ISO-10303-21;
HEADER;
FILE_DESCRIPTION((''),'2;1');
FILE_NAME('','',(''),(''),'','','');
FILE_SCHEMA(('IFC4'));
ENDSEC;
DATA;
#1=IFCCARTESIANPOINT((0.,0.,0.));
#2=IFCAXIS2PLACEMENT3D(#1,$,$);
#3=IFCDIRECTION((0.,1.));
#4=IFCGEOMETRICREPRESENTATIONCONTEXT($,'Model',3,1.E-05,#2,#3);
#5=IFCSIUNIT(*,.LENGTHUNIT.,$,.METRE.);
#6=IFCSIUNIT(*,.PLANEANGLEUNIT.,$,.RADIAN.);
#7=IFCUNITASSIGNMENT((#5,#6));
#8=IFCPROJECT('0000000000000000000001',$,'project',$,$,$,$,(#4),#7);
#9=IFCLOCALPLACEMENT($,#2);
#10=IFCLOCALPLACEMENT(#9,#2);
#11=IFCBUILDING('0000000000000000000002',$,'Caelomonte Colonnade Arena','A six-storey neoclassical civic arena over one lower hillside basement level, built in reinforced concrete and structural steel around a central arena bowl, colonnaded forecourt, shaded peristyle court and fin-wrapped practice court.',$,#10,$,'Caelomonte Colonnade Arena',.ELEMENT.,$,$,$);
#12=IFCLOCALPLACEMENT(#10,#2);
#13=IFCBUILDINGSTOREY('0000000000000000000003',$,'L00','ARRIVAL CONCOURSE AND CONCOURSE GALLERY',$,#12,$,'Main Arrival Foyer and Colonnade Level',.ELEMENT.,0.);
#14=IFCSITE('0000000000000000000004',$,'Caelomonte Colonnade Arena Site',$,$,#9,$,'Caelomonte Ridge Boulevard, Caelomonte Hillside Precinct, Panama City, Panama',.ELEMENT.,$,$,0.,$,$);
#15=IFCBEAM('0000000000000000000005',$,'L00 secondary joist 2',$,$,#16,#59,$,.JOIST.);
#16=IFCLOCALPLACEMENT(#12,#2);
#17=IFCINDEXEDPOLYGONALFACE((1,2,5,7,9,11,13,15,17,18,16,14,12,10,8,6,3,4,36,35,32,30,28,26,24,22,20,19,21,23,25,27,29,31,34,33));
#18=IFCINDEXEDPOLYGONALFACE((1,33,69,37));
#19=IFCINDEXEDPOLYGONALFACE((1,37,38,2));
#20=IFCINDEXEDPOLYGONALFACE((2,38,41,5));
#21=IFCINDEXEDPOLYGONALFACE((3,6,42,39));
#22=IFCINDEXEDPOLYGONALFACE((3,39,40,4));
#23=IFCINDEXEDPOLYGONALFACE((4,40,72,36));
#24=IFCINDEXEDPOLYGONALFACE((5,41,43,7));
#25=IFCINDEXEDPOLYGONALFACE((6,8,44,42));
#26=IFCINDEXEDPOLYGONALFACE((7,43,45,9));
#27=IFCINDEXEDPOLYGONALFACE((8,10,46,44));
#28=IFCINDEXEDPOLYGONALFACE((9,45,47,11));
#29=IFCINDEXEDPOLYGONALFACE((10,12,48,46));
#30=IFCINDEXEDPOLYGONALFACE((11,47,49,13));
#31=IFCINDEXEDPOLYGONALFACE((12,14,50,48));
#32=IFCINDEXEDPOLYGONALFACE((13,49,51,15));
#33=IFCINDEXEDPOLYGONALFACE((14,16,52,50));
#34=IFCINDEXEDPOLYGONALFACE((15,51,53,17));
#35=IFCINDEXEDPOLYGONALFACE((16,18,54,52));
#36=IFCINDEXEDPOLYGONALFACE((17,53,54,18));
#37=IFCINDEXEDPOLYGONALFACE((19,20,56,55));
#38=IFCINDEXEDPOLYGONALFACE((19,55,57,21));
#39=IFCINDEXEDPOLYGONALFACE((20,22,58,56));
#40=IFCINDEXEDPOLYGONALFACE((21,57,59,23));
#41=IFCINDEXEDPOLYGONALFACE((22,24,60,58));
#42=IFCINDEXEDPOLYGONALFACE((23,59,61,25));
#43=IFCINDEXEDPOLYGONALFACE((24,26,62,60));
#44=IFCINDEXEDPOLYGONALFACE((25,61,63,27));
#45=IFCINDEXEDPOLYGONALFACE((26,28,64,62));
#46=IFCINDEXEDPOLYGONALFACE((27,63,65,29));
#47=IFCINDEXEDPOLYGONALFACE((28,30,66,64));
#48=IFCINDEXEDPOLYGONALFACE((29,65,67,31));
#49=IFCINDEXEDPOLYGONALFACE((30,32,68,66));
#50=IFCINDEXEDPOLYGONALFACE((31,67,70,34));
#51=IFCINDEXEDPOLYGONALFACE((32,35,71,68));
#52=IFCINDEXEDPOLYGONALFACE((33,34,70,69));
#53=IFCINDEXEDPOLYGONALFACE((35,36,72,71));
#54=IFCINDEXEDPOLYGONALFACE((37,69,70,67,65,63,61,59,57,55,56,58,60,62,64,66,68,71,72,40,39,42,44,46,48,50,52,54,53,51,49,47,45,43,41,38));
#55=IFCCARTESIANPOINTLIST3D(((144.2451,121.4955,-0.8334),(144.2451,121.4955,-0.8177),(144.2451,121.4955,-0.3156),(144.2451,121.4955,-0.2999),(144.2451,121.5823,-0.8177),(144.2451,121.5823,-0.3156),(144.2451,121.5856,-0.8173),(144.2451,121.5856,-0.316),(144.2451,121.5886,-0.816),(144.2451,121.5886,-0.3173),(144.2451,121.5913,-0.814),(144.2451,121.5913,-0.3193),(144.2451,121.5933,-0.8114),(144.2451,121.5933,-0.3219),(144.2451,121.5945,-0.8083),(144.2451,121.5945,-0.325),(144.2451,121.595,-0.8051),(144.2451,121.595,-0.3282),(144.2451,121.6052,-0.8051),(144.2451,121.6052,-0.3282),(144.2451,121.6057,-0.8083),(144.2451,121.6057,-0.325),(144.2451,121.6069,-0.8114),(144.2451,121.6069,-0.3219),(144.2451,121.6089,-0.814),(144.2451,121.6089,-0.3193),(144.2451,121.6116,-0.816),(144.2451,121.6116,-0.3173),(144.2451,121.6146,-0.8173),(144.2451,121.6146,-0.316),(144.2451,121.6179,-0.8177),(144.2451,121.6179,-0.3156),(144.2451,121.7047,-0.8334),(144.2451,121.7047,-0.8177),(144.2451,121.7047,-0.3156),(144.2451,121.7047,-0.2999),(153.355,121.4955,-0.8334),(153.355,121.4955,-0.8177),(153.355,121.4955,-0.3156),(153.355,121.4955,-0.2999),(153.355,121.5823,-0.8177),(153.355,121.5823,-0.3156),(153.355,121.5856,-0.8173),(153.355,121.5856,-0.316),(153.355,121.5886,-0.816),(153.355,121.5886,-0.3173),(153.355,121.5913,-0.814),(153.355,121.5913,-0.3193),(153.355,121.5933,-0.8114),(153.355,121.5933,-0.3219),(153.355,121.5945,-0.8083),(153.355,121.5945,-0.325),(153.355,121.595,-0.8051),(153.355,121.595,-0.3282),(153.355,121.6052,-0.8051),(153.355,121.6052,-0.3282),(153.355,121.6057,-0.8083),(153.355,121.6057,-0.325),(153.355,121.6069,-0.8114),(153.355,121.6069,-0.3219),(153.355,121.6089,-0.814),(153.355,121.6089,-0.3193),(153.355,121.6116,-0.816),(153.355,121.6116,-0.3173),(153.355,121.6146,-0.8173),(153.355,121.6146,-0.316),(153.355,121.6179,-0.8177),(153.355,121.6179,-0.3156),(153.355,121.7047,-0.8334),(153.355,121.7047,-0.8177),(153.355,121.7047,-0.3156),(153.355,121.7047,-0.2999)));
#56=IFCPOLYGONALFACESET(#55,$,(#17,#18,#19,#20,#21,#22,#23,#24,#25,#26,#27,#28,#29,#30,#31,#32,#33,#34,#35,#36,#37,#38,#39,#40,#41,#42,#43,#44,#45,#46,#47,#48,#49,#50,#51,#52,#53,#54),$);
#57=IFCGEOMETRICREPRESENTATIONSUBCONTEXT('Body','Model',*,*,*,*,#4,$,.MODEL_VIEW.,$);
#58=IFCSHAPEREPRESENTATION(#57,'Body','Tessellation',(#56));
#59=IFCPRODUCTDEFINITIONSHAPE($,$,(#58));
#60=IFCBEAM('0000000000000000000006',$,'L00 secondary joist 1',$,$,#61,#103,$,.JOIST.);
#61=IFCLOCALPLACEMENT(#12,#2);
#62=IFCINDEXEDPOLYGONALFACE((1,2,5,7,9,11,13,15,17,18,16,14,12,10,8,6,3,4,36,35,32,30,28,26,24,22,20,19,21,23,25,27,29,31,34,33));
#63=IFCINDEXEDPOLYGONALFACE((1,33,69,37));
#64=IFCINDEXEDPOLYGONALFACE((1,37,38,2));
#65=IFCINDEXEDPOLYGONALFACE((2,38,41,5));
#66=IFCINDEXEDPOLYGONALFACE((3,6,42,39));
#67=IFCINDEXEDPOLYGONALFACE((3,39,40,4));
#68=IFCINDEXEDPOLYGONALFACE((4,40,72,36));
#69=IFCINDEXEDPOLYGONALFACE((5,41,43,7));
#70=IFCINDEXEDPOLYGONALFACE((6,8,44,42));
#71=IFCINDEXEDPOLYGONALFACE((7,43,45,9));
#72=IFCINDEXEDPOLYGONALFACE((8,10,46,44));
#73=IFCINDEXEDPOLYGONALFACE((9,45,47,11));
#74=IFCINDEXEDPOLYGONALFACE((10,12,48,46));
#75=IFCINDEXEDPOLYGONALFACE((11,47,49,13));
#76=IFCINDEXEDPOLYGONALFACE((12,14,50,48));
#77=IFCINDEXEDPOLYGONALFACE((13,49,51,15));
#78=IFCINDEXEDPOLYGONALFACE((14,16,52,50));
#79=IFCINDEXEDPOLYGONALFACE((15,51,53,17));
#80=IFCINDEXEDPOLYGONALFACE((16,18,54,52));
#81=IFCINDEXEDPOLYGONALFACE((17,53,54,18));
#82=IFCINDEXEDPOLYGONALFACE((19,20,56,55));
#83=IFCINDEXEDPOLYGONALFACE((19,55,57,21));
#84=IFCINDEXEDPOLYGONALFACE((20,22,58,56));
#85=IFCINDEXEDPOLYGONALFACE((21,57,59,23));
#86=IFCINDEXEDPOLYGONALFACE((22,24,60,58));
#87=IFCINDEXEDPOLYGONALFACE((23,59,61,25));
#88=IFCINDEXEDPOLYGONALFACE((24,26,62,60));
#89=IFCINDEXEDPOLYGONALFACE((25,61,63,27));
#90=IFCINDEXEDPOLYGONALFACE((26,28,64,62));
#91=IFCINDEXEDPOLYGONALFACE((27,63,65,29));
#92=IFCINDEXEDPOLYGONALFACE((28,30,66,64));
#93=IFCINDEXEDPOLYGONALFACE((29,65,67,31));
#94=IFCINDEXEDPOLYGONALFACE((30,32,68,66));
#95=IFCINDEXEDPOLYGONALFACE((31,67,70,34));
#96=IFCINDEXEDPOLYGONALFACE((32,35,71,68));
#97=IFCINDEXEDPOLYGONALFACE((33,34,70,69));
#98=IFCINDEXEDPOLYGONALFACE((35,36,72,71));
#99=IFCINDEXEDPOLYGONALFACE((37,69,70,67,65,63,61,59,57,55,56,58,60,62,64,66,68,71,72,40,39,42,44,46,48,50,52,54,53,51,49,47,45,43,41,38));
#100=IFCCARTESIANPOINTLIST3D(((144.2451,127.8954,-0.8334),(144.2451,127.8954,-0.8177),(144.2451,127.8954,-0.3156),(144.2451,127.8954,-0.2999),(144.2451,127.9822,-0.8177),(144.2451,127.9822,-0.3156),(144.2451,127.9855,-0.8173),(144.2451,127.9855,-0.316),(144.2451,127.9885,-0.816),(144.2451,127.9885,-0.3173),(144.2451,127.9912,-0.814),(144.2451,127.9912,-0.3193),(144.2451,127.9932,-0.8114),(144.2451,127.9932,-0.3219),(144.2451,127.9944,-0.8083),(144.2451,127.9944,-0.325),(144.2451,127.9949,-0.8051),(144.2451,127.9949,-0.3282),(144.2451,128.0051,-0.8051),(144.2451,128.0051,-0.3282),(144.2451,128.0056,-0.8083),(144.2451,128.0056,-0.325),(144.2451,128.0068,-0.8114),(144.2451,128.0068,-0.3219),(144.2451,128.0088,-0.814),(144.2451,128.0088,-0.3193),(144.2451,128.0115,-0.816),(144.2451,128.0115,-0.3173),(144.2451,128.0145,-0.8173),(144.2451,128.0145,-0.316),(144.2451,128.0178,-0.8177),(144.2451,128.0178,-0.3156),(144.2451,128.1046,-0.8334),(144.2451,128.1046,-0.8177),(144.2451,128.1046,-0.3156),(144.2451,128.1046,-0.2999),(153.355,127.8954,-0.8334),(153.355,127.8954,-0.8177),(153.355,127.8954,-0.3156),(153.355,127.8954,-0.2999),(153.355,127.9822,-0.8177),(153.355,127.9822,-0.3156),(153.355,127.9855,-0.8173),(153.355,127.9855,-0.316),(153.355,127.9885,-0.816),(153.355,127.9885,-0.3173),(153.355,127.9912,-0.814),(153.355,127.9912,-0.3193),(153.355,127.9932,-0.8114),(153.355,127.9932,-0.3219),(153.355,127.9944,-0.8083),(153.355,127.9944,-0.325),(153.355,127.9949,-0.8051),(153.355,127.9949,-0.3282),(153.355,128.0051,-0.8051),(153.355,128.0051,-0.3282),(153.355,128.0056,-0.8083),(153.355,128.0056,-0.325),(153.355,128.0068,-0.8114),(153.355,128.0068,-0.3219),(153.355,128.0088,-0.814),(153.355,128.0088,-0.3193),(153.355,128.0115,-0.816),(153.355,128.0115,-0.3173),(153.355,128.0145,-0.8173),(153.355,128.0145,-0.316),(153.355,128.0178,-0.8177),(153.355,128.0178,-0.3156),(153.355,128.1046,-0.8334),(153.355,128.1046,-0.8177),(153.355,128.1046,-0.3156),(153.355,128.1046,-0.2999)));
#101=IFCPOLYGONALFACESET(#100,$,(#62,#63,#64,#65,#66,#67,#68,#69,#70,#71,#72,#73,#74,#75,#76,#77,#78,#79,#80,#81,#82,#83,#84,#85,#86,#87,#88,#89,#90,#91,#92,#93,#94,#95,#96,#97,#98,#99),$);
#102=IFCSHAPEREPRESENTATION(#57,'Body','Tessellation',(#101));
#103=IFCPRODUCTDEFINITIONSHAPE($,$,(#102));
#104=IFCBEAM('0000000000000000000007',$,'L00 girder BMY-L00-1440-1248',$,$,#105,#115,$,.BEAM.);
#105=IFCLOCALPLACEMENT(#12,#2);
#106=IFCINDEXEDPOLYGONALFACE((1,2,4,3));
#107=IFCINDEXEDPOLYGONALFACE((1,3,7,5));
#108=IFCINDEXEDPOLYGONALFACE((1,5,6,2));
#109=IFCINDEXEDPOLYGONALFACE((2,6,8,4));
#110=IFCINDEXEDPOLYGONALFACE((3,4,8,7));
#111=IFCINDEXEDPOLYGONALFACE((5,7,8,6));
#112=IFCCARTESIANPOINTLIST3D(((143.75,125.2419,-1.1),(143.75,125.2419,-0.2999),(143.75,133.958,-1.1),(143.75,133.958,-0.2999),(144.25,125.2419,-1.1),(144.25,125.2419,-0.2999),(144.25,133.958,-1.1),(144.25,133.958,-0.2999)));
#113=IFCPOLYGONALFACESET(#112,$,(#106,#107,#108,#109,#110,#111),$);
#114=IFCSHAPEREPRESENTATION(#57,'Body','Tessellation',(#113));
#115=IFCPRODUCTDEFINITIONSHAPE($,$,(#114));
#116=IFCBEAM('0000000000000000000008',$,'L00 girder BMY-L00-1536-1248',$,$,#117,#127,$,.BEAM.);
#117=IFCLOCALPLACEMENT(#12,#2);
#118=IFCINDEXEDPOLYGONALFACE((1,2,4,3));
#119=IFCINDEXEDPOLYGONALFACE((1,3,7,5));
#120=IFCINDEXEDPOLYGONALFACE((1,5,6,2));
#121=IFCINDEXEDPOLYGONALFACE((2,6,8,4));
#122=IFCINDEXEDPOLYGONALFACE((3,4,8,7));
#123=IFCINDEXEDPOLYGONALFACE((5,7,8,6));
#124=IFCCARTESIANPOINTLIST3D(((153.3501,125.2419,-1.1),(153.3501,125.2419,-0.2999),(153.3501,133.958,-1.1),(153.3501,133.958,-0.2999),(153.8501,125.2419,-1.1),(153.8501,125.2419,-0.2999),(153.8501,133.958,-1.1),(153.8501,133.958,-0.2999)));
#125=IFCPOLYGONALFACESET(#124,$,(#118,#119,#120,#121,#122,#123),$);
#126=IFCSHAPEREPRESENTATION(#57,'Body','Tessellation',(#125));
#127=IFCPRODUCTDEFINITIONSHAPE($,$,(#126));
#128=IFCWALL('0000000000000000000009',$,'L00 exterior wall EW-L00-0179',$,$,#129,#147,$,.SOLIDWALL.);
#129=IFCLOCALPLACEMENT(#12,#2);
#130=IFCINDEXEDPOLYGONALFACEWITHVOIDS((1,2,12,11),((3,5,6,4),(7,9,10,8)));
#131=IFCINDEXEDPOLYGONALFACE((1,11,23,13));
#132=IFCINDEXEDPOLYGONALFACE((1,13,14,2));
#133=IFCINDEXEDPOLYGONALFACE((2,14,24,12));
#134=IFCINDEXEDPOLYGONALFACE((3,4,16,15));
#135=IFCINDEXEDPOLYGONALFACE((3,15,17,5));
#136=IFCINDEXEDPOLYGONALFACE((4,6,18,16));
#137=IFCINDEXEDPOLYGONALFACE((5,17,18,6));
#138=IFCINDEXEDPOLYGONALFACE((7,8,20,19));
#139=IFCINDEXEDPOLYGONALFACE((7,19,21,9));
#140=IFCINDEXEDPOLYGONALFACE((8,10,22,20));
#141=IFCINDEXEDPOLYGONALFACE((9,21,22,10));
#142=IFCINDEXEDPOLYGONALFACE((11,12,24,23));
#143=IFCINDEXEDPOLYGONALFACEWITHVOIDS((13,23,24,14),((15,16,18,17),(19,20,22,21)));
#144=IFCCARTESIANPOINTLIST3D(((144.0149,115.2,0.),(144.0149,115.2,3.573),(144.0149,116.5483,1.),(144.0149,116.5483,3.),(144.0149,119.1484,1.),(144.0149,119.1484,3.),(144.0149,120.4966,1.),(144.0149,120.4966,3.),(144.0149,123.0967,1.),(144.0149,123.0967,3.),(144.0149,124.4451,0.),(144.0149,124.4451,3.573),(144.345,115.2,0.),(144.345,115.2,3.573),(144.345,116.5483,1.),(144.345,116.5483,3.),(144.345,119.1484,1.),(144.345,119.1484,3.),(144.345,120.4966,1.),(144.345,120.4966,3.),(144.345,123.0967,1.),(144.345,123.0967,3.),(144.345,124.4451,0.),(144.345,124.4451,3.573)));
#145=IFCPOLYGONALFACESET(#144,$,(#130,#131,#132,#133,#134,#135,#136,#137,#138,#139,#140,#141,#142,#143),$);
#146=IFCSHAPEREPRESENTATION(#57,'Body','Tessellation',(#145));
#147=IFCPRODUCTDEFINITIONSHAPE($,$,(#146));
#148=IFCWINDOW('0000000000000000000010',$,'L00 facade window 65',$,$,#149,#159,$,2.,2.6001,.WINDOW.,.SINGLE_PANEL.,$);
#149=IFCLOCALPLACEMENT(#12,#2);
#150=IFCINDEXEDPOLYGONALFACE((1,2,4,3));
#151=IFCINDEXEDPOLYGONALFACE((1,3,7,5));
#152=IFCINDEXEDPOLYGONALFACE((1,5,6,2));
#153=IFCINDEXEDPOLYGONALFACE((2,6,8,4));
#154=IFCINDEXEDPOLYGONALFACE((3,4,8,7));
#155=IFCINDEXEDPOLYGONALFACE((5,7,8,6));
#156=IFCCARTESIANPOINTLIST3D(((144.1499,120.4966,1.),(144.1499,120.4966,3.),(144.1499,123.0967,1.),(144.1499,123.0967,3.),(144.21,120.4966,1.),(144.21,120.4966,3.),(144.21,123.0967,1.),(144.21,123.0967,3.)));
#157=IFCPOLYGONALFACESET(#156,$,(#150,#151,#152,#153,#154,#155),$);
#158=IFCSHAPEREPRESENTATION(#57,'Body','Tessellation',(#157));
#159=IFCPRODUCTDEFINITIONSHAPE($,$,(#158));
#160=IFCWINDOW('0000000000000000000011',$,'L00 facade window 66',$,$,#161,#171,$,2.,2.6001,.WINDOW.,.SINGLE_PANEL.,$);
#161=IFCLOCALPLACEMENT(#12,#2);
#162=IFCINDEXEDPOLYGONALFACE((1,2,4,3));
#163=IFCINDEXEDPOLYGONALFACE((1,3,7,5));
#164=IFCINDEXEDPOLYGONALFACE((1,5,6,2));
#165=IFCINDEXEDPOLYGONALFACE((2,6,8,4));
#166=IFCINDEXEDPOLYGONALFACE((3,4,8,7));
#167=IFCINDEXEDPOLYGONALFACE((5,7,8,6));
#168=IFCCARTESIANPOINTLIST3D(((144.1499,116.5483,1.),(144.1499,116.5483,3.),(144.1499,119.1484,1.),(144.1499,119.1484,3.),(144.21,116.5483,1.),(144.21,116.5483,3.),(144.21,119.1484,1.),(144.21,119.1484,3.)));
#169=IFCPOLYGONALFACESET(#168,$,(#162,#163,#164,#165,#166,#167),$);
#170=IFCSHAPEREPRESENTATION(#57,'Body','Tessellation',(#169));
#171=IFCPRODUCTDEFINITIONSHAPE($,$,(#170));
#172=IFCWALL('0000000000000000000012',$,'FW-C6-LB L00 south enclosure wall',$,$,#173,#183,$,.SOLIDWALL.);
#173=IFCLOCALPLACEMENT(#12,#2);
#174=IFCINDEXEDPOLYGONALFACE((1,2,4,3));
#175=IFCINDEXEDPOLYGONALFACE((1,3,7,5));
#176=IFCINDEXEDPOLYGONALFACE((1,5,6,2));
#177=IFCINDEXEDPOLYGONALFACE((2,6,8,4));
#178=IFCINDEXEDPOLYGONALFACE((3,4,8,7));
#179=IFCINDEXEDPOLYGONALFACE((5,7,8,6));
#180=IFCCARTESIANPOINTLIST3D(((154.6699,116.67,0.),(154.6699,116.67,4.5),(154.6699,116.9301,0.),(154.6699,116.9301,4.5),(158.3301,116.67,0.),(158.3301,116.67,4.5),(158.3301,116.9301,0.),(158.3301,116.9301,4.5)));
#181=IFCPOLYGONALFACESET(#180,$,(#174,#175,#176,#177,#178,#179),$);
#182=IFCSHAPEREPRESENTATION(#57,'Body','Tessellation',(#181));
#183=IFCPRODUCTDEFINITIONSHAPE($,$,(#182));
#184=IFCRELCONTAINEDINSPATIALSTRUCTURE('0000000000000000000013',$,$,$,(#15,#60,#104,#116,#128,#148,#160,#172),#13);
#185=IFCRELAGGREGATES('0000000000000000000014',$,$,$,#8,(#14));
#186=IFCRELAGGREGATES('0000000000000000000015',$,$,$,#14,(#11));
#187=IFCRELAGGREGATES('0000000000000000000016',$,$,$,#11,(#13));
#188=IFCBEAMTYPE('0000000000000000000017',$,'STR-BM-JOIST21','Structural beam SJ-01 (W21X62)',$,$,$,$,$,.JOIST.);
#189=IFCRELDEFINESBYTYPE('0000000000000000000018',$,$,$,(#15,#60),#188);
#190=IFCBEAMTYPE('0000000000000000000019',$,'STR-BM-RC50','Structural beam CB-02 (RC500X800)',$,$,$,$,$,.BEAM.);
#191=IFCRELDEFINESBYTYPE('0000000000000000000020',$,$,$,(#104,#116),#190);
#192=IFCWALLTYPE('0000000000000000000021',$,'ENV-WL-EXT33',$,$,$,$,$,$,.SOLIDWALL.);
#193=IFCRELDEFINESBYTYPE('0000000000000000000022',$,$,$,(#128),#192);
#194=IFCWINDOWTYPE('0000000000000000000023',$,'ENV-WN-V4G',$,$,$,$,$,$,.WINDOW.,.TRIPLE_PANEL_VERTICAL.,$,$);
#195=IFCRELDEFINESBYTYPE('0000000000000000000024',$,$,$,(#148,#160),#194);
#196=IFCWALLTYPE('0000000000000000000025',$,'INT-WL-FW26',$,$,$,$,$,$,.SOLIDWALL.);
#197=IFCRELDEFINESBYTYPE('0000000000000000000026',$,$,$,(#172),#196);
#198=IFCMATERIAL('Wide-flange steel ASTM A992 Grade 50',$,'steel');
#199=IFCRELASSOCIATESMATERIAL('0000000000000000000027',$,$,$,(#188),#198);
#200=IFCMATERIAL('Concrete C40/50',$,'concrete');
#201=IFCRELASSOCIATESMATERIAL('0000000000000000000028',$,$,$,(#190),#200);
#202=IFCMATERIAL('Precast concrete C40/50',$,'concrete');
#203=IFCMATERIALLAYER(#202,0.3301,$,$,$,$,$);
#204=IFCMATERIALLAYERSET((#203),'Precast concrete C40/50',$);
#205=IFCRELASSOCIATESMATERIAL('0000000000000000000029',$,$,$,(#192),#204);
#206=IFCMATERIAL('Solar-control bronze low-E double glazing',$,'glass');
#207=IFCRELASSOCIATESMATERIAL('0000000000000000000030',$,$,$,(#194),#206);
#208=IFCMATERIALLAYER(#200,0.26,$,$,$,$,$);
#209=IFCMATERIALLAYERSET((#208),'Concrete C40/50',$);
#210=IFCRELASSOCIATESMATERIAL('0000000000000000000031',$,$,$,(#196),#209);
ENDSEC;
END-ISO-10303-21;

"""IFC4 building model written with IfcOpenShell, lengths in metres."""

from ifc_helpers import new_model, si_unit, direction, frame, frame_2d, origin, origin_2d, place, context, subcontext, project, spatial, rectangle, i_section, extrude, material, layer, layer_set, material_profile, profile_set, type_object, element, fill, save


model = new_model("IFC4")

# Units and contexts
model_context = context("Model", 3, precision=1e-05, world=origin(), true_north=direction((0.0, 1.0)))
body_context = subcontext(model_context, "Body", "Model", "MODEL_VIEW")
ifc_project = project(units=[si_unit("LENGTHUNIT", "METRE"), si_unit("PLANEANGLEUNIT", "RADIAN")], contexts=[model_context])

# Site, building, storey
site_placement = place(None, origin())
site = spatial("IfcSite", under=ifc_project, at=site_placement, Name="Caelomonte Colonnade Arena Site", LongName="Caelomonte Ridge Boulevard, Caelomonte Hillside Precinct, Panama City, Panama", CompositionType="ELEMENT", RefElevation=0.0)
building_placement = place(site_placement, origin())
building = spatial("IfcBuilding", under=site, at=building_placement, Name="Caelomonte Colonnade Arena", Description="A six-storey neoclassical civic arena over one lower hillside basement level, built in reinforced concrete and structural steel around a central arena bowl, colonnaded forecourt, shaded peristyle court and fin-wrapped practice court.", LongName="Caelomonte Colonnade Arena", CompositionType="ELEMENT")
storey_placement = place(building_placement, origin())
storey = spatial("IfcBuildingStorey", under=building, at=storey_placement, Name="L00", Description="ARRIVAL CONCOURSE AND CONCOURSE GALLERY", LongName="Main Arrival Foyer and Colonnade Level", CompositionType="ELEMENT", Elevation=0.0)

# Shared definitions
ifc_material_1 = material(Name="Concrete C40/50", Category="concrete")

# Beams
ifc_material_2 = material(Name="Wide-flange steel ASTM A992 Grade 50", Category="steel")
ifc_material_profile_1 = material_profile(ifc_material_2, i_section(OverallWidth=0.2092, OverallDepth=0.5334, WebThickness=0.0103, FlangeThickness=0.0156, FilletRadius=0.0127, at=origin_2d()), Name="W21X62")
ifc_profile_set_1 = profile_set([ifc_material_profile_1], Name="Wide-flange steel ASTM A992 Grade 50")
beam_type_1 = type_object("IfcBeamType", Name="STR-BM-JOIST21", Description="Structural beam SJ-01 (W21X62)", PredefinedType="JOIST", material=ifc_profile_set_1)
for number, where, z_axis, x_axis, name in (
    (1, (144.2451, 121.6001, -0.5667), (1.0, 0.0, 0.0), (0.0, 1.0, 0.0), "L00 secondary joist 2"),
    (2, (144.2451, 128.0, -0.5667), (1.0, 0.0, 0.0), (0.0, 1.0, 0.0), "L00 secondary joist 1"),
):
    element("IfcBeam", number, at=place(storey_placement, frame(where, z_axis=z_axis, x_axis=x_axis)), inside=storey, type_object=beam_type_1, Name=name, PredefinedType="JOIST", context=body_context, shape_type="SweptSolid", body=[
        extrude(i_section(OverallWidth=0.2092, OverallDepth=0.5334, WebThickness=0.0103, FlangeThickness=0.0156, FilletRadius=0.0127, at=origin_2d()), origin(), (0.0, 0.0, 1.0), 9.1099),
    ])
ifc_material_profile_2 = material_profile(ifc_material_1, rectangle(XDim=0.5, YDim=0.8, at=origin_2d()), Name="RC500X800")
ifc_profile_set_2 = profile_set([ifc_material_profile_2], Name="Concrete C40/50")
beam_type_2 = type_object("IfcBeamType", Name="STR-BM-RC50", Description="Structural beam CB-02 (RC500X800)", PredefinedType="BEAM", material=ifc_profile_set_2)
for number, where, z_axis, x_axis, name in (
    (3, (144.0, 125.2419, -0.7), (0.0, 1.0, 0.0), (-1.0, 0.0, 0.0), "L00 girder BMY-L00-1440-1248"),
    (4, (153.6001, 125.2419, -0.7), (0.0, 1.0, 0.0), (-1.0, 0.0, 0.0), "L00 girder BMY-L00-1536-1248"),
):
    element("IfcBeam", number, at=place(storey_placement, frame(where, z_axis=z_axis, x_axis=x_axis)), inside=storey, type_object=beam_type_2, Name=name, PredefinedType="BEAM", context=body_context, shape_type="SweptSolid", body=[
        extrude(rectangle(XDim=0.5, YDim=0.8, at=origin_2d()), origin(), (0.0, 0.0, 1.0), 8.7161),
    ])

# Wall, openings, windows
ifc_material_3 = material(Name="Precast concrete C40/50", Category="concrete")
ifc_layer_1 = layer(ifc_material_3, 0.3301)
ifc_layer_set_1 = layer_set([ifc_layer_1], Name="Precast concrete C40/50")
wall_type_1 = type_object("IfcWallType", Name="ENV-WL-EXT33", PredefinedType="SOLIDWALL", material=ifc_layer_set_1)
wall_1_placement = place(storey_placement, frame((144.1799, 124.4451, 0.0), z_axis=(0.0, 0.0, 1.0), x_axis=(0.0, -1.0, 0.0)))
wall_1 = element("IfcWall", 5, at=wall_1_placement, inside=storey, type_object=wall_type_1, Name="L00 exterior wall EW-L00-0179", PredefinedType="SOLIDWALL", context=body_context, shape_type="SweptSolid", body=[
    extrude(rectangle(XDim=9.2451, YDim=0.3301, at=frame_2d((4.6226, 0.0))), origin(), (0.0, 0.0, 1.0), 3.573),
])
opening_1_placement = place(wall_1_placement, frame((3.9485, 0.0, 1.0), z_axis=(0.0, 0.0, 1.0), x_axis=(-1.0, 0.0, 0.0)))
opening_1 = element("IfcOpeningElement", 6, at=opening_1_placement, cuts=wall_1, PredefinedType="OPENING", context=body_context, shape_type="SweptSolid", body=[
    extrude(rectangle(XDim=2.6001, YDim=2.0, at=frame_2d((1.3, 1.0))), frame((0.0, 0.175, 0.0), z_axis=(0.0, -1.0, 0.0), x_axis=(1.0, 0.0, 0.0)), (0.0, 0.0, 1.0), 0.3501),
])
opening_2_placement = place(wall_1_placement, frame((7.8967, 0.0, 1.0), z_axis=(0.0, 0.0, 1.0), x_axis=(-1.0, 0.0, 0.0)))
opening_2 = element("IfcOpeningElement", 7, at=opening_2_placement, cuts=wall_1, PredefinedType="OPENING", context=body_context, shape_type="SweptSolid", body=[
    extrude(rectangle(XDim=2.6001, YDim=2.0, at=frame_2d((1.3, 1.0))), frame((0.0, 0.175, 0.0), z_axis=(0.0, -1.0, 0.0), x_axis=(1.0, 0.0, 0.0)), (0.0, 0.0, 1.0), 0.3501),
])
ifc_material_4 = material(Name="Solar-control bronze low-E double glazing", Category="glass")
window_type = type_object("IfcWindowType", Name="ENV-WN-V4G", PartitioningType="TRIPLE_PANEL_VERTICAL", PredefinedType="WINDOW", material=ifc_material_4)
window_1_placement = place(opening_1_placement, origin())
window_1 = element("IfcWindow", 8, at=window_1_placement, inside=storey, type_object=window_type, Name="L00 facade window 65", OverallHeight=2.0, OverallWidth=2.6001, PartitioningType="SINGLE_PANEL", PredefinedType="WINDOW", context=body_context, shape_type="SweptSolid", body=[
    extrude(rectangle(XDim=2.6001, YDim=2.0, at=frame_2d((1.3, 1.0))), frame((0.0, 0.03, 0.0), z_axis=(0.0, -1.0, 0.0), x_axis=(1.0, 0.0, 0.0)), (0.0, 0.0, 1.0), 0.0601),
])
fill(opening_1, window_1)
window_2_placement = place(opening_2_placement, origin())
window_2 = element("IfcWindow", 9, at=window_2_placement, inside=storey, type_object=window_type, Name="L00 facade window 66", OverallHeight=2.0, OverallWidth=2.6001, PartitioningType="SINGLE_PANEL", PredefinedType="WINDOW", context=body_context, shape_type="SweptSolid", body=[
    extrude(rectangle(XDim=2.6001, YDim=2.0, at=frame_2d((1.3, 1.0))), frame((0.0, 0.03, 0.0), z_axis=(0.0, -1.0, 0.0), x_axis=(1.0, 0.0, 0.0)), (0.0, 0.0, 1.0), 0.0601),
])
fill(opening_2, window_2)

# Wall
ifc_layer_2 = layer(ifc_material_1, 0.26)
ifc_layer_set_2 = layer_set([ifc_layer_2], Name="Concrete C40/50")
wall_type_2 = type_object("IfcWallType", Name="INT-WL-FW26", PredefinedType="SOLIDWALL", material=ifc_layer_set_2)
wall_2_placement = place(storey_placement, frame((154.6699, 116.8, 0.0), z_axis=(0.0, 0.0, 1.0), x_axis=(1.0, 0.0, 0.0)))
element("IfcWall", 10, at=wall_2_placement, inside=storey, type_object=wall_type_2, Name="FW-C6-LB L00 south enclosure wall", PredefinedType="SOLIDWALL", context=body_context, shape_type="SweptSolid", body=[
    extrude(rectangle(XDim=3.6602, YDim=0.26, at=frame_2d((1.8301, 0.0))), origin(), (0.0, 0.0, 1.0), 4.5),
])

save(model, "model.ifc")
